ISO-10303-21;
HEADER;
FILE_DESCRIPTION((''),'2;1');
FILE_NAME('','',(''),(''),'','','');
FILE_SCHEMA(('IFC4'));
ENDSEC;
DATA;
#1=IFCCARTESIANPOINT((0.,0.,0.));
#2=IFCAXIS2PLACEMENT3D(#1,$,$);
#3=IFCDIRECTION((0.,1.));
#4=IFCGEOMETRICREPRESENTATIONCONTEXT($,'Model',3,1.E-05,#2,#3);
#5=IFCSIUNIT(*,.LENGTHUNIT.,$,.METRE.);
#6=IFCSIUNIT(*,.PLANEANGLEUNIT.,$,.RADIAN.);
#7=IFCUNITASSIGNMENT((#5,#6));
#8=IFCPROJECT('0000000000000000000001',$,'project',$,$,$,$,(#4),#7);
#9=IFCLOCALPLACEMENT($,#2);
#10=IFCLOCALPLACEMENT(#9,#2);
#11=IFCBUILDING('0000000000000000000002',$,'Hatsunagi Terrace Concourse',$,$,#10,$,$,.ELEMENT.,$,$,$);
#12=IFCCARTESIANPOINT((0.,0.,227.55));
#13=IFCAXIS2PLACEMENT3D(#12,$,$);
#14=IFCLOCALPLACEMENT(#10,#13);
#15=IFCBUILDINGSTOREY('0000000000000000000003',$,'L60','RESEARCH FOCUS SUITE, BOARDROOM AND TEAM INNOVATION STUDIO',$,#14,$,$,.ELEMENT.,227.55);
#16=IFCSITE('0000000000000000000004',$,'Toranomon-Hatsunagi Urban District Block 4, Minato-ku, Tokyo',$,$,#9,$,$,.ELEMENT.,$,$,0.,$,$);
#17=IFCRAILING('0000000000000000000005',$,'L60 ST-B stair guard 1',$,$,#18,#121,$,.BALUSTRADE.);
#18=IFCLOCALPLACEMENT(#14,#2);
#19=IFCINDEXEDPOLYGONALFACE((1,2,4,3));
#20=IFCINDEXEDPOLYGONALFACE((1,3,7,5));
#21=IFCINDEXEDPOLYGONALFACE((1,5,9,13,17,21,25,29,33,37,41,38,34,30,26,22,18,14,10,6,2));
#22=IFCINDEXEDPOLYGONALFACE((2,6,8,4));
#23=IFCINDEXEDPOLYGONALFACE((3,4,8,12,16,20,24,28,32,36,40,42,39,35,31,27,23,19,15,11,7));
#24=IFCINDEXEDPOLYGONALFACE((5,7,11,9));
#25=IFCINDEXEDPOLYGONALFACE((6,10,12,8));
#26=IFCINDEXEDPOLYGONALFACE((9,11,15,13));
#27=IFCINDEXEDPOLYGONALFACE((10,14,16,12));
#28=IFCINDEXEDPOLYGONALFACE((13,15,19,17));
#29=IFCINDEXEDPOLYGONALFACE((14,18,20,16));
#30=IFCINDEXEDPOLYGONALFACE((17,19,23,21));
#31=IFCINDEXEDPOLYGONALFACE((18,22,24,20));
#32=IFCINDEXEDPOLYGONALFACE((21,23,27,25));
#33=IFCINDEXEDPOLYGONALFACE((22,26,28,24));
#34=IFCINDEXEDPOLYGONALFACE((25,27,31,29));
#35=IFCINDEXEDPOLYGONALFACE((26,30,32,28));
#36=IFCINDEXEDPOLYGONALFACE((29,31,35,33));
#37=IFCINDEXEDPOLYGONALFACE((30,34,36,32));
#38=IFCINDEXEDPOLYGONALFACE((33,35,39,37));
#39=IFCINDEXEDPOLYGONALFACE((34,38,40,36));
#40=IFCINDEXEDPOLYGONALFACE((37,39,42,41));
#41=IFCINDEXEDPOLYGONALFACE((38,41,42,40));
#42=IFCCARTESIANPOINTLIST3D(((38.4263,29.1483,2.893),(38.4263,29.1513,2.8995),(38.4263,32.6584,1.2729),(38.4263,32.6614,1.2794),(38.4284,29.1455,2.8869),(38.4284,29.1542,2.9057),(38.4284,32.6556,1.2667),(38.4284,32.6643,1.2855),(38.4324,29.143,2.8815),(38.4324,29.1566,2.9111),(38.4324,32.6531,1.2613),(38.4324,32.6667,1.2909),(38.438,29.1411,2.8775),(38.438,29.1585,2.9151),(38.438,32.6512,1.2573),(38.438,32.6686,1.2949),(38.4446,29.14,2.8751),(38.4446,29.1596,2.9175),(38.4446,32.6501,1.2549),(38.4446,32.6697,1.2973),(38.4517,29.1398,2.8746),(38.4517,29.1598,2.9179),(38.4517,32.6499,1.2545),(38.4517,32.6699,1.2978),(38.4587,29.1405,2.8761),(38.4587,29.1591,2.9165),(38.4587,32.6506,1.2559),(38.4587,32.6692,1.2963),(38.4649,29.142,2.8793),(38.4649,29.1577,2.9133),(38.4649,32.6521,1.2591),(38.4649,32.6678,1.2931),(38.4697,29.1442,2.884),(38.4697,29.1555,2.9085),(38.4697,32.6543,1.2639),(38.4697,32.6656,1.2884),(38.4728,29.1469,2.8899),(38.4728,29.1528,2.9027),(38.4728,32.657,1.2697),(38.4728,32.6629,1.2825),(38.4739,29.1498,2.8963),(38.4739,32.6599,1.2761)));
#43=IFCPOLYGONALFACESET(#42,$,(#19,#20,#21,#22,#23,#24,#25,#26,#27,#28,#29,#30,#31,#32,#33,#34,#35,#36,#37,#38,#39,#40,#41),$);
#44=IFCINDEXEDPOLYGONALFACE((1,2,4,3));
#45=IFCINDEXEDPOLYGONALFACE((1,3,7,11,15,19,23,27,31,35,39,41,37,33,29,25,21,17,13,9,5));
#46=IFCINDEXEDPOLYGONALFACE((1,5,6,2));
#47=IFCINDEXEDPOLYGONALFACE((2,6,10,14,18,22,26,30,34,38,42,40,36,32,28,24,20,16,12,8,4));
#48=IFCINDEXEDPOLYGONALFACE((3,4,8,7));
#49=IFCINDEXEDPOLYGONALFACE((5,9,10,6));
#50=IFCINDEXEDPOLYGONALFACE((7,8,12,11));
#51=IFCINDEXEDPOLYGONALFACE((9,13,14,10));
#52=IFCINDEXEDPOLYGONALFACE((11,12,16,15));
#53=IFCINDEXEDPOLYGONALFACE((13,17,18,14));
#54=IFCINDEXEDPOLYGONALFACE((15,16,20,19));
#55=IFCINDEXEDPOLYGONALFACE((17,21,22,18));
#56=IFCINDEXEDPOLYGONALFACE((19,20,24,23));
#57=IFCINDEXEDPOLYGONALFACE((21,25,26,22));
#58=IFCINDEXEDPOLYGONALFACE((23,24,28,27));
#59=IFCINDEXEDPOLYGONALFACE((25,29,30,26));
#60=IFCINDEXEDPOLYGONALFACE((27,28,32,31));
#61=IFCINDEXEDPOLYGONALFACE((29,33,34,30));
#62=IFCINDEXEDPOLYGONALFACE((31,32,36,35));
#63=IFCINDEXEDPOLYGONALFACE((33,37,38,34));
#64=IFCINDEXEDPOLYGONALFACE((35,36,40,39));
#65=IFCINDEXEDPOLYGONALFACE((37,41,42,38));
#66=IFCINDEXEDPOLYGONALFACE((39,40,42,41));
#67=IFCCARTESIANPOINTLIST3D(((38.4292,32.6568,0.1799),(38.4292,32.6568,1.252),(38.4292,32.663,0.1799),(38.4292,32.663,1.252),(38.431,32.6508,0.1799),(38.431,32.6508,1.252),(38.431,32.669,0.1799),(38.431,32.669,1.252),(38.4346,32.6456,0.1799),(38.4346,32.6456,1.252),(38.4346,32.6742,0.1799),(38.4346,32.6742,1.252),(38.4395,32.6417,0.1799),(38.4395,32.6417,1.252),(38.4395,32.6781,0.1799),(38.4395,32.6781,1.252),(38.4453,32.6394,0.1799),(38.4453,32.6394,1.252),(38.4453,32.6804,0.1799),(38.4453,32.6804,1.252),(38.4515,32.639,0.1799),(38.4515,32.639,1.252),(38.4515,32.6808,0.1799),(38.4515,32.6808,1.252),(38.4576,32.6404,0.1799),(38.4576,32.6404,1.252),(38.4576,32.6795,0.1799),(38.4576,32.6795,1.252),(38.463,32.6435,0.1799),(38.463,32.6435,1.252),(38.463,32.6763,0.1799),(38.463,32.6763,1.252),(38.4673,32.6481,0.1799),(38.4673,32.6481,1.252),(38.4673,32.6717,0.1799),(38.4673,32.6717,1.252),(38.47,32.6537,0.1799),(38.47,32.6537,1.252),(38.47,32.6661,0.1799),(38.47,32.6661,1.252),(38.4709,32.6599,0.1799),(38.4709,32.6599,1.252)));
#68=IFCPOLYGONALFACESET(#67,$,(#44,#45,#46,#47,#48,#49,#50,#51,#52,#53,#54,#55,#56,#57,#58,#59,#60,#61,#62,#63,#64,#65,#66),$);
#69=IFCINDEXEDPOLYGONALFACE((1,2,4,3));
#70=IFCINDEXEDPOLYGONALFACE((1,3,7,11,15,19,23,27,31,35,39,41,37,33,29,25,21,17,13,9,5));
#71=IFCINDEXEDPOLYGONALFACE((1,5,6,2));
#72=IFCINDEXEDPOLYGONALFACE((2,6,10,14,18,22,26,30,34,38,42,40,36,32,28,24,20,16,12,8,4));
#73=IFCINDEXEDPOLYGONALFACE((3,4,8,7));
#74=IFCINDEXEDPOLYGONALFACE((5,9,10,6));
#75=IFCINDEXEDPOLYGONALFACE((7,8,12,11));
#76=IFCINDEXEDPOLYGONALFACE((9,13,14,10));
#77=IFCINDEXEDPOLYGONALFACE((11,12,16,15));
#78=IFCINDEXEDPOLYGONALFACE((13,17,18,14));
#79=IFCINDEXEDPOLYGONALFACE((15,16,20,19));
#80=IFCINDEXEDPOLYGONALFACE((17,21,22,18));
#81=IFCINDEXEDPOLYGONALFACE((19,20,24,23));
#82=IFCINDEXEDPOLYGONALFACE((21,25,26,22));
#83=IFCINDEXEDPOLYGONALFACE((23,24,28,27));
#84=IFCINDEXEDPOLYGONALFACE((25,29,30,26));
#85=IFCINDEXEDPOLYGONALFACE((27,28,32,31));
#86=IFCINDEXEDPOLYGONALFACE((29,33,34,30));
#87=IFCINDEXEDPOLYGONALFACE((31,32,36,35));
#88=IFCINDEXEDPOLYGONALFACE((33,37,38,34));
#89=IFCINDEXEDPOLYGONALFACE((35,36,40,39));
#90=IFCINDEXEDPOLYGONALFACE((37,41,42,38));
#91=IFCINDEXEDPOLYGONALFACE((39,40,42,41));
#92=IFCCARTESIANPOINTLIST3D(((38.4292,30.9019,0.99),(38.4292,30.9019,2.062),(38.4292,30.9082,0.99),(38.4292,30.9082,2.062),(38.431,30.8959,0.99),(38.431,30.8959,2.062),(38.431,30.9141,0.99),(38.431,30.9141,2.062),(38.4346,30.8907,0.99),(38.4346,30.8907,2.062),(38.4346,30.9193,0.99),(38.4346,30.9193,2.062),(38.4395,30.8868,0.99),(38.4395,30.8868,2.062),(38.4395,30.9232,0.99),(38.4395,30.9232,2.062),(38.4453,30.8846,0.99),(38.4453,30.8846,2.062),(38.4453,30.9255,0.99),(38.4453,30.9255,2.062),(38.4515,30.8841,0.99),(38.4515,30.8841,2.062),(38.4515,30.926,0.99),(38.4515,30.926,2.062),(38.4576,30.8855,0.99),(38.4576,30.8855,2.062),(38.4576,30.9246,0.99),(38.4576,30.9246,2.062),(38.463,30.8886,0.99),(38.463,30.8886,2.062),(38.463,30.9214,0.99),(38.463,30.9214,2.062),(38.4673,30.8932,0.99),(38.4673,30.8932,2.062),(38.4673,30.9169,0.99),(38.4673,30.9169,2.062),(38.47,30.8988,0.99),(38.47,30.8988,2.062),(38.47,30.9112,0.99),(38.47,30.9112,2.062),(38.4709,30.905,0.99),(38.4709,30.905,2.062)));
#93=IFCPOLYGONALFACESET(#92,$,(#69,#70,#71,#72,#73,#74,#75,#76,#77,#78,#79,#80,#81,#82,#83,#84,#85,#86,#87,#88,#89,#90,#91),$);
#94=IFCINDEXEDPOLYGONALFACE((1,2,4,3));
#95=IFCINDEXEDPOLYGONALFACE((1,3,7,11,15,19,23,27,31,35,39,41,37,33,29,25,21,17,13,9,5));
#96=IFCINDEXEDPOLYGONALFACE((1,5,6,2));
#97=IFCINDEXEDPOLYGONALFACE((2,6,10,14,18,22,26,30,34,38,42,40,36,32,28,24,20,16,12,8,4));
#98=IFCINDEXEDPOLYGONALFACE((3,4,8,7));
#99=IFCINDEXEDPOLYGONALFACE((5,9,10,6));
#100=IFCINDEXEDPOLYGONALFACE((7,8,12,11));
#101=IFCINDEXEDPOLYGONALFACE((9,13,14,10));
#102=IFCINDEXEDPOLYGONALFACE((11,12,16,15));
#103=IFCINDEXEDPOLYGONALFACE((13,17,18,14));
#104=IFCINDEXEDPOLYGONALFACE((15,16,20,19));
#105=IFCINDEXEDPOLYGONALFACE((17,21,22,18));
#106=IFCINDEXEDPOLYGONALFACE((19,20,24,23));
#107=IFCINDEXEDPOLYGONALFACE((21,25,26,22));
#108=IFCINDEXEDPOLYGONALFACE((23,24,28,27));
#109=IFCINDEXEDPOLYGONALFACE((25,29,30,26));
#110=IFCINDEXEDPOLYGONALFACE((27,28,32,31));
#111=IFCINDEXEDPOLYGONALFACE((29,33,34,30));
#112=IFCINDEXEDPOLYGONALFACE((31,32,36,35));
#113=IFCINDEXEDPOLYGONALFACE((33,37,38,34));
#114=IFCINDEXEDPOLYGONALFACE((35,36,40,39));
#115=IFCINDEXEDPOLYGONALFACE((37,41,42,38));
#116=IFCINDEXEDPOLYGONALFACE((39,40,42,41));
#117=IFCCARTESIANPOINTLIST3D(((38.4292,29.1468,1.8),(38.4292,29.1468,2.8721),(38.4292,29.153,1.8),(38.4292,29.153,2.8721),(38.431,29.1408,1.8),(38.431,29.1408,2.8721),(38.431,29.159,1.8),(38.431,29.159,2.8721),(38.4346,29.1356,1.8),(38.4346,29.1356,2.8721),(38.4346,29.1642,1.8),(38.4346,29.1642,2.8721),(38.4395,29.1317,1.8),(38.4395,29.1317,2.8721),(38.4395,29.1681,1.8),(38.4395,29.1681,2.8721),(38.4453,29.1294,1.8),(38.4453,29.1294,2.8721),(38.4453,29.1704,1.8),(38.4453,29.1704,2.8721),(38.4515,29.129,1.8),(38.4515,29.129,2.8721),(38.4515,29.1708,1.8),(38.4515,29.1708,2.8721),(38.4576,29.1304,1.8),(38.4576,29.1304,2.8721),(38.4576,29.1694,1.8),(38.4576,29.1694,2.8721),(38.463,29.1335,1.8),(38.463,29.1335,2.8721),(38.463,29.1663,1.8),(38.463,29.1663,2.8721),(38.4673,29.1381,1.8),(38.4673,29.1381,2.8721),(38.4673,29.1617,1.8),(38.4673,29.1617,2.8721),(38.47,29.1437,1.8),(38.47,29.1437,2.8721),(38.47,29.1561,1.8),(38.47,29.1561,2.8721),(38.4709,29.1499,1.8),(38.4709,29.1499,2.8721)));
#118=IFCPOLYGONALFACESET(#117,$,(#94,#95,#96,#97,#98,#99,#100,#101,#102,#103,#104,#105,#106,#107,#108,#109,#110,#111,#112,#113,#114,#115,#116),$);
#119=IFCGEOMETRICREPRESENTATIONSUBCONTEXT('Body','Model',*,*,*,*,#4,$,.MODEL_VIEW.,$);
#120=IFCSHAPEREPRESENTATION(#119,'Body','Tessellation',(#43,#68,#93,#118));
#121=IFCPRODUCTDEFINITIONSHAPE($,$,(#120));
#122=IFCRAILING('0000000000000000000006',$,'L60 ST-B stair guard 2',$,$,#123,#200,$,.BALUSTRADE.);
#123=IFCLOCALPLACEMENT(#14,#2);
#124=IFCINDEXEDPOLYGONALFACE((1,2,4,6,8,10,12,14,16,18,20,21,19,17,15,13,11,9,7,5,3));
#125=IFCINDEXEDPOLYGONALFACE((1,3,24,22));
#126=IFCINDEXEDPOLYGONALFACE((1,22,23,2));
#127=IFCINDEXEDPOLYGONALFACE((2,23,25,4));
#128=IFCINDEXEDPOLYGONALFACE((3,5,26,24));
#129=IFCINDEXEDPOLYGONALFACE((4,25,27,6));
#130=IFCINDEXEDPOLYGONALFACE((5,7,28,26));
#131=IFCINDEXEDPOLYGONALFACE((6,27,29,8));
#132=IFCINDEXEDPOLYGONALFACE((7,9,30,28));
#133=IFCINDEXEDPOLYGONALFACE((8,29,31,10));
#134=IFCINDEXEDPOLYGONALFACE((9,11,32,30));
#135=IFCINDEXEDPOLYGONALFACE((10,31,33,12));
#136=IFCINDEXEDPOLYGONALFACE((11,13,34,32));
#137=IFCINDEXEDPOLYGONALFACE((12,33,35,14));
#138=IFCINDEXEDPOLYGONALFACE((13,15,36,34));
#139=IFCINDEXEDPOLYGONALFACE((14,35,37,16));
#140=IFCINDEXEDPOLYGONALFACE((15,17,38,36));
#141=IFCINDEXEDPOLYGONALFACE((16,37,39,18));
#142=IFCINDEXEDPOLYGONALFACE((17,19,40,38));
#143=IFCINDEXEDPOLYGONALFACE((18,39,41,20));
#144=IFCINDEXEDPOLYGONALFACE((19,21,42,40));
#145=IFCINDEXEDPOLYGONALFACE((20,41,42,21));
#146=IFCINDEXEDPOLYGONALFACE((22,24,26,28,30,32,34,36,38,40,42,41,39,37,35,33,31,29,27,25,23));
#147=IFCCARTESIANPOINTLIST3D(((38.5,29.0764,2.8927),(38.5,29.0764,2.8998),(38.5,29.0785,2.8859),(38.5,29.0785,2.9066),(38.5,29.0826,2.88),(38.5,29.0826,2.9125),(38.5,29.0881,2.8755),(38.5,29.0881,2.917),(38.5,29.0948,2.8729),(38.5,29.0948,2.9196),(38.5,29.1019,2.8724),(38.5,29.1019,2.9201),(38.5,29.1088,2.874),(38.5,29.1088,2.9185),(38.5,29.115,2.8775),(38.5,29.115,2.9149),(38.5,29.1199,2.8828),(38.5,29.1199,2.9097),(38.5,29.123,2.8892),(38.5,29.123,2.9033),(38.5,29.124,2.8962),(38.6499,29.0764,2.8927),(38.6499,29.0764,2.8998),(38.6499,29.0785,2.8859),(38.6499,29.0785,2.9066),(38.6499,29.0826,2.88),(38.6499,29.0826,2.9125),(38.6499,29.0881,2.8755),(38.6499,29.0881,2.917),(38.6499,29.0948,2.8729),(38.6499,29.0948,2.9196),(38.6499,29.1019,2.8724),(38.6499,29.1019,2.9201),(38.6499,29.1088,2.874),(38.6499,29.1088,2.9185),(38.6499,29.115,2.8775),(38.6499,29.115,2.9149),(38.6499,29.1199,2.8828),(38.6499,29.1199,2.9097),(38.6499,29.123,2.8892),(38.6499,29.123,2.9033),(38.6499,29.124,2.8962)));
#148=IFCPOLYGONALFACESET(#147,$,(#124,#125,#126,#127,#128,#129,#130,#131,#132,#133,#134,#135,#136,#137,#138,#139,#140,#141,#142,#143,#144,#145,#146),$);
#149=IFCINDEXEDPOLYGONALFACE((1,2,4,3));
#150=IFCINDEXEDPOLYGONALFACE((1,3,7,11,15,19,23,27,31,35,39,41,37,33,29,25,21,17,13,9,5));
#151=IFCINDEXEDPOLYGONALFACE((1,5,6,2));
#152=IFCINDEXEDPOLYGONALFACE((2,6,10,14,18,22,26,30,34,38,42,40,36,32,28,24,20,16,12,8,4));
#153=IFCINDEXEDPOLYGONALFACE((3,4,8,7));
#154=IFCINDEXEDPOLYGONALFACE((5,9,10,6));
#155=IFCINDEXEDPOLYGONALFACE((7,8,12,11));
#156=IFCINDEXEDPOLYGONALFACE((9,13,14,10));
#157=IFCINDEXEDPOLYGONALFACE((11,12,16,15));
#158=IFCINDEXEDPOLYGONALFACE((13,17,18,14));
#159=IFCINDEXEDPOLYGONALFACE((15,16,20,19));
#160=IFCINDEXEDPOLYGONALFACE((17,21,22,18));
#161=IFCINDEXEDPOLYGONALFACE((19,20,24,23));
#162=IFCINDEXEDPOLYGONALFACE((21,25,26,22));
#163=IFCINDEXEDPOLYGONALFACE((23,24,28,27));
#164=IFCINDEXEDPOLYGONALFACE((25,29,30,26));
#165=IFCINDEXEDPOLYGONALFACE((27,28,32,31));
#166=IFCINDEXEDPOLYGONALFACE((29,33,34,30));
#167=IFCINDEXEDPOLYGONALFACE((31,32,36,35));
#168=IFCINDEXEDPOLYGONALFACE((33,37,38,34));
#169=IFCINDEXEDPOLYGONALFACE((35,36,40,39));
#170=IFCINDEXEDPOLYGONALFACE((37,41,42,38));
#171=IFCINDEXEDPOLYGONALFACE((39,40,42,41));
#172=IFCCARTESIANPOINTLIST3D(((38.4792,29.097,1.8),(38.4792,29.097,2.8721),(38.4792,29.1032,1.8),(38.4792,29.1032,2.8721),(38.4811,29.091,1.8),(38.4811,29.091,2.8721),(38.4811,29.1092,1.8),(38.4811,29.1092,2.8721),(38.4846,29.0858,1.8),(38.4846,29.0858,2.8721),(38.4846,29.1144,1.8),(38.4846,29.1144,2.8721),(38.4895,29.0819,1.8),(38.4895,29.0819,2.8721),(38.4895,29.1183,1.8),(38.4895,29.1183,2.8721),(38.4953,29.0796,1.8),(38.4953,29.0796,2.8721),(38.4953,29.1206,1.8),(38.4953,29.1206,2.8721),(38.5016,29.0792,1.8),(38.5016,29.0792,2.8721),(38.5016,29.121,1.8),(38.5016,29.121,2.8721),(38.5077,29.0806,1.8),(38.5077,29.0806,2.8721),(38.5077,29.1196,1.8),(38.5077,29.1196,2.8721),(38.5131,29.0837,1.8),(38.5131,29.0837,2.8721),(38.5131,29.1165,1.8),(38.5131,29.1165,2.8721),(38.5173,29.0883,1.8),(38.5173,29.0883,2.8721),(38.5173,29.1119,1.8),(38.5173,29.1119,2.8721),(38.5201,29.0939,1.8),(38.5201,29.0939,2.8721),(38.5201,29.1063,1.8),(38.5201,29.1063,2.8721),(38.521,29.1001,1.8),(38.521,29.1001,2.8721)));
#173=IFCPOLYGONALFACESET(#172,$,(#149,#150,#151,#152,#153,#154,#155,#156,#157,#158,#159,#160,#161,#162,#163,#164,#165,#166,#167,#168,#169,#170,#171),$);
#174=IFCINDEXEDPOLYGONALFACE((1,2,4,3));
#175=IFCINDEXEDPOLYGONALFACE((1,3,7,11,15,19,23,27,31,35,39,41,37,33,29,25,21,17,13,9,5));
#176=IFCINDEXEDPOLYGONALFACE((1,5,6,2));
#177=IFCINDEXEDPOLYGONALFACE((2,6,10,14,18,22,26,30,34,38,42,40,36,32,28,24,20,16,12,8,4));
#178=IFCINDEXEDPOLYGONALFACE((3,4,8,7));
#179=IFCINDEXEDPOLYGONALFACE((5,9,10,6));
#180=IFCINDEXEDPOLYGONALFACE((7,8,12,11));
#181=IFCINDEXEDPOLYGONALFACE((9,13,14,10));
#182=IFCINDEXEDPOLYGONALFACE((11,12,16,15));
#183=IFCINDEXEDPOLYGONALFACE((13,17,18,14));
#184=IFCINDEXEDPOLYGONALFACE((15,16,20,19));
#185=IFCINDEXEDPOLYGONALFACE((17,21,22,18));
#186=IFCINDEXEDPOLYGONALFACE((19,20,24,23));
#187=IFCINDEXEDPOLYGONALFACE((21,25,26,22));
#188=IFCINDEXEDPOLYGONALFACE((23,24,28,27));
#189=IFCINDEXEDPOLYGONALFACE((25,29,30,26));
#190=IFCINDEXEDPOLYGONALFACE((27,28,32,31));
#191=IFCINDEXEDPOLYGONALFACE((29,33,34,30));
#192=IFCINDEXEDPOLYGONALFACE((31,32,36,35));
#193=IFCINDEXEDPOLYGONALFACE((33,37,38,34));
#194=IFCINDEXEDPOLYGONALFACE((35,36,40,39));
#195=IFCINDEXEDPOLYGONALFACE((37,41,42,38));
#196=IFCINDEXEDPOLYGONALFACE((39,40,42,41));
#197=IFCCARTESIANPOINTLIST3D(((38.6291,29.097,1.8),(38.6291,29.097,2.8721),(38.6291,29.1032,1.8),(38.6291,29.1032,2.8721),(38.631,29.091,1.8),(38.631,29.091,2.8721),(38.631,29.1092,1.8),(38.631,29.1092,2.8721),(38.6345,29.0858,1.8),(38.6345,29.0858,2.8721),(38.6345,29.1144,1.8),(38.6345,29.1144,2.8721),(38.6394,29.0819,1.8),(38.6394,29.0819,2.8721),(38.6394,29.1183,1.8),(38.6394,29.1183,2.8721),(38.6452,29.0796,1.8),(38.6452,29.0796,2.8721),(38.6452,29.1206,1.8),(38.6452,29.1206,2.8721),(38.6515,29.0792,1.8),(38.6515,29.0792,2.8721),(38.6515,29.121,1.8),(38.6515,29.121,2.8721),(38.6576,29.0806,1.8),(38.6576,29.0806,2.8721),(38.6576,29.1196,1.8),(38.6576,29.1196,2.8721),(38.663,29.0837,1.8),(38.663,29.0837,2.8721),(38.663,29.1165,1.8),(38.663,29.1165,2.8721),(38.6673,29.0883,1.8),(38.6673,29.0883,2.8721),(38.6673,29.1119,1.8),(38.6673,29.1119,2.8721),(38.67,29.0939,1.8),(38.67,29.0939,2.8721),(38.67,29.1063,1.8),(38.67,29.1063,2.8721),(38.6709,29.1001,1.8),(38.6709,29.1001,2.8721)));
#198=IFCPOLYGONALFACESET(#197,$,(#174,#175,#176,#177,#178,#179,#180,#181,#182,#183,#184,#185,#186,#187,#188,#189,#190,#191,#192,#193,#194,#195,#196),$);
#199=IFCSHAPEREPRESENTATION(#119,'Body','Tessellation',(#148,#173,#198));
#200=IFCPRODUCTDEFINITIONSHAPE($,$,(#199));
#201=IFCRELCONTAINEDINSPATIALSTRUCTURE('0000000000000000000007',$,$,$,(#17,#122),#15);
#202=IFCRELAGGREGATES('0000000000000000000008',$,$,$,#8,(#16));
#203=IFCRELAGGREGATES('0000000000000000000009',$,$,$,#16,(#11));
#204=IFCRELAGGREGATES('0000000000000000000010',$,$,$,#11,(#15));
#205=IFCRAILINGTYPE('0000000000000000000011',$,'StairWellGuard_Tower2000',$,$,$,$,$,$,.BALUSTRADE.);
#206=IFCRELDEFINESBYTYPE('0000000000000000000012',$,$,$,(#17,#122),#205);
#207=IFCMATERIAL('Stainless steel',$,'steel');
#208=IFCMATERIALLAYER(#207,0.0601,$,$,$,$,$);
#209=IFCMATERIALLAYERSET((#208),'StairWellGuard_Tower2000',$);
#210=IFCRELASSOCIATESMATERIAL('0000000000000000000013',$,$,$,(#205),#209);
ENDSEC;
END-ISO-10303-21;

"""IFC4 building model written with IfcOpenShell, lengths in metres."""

from ifc_helpers import new_model, si_unit, direction, frame, origin, origin_2d, place, context, subcontext, project, spatial, circle, extrude, material, layer, layer_set, type_object, element, save


model = new_model("IFC4")

# Units and contexts
model_context = context("Model", 3, precision=1e-05, world=origin(), true_north=direction((0.0, 1.0)))
body_context = subcontext(model_context, "Body", "Model", "MODEL_VIEW")
ifc_project = project(units=[si_unit("LENGTHUNIT", "METRE"), si_unit("PLANEANGLEUNIT", "RADIAN")], contexts=[model_context])

# Site, building, storey
site_placement = place(None, origin())
site = spatial("IfcSite", under=ifc_project, at=site_placement, Name="Toranomon-Hatsunagi Urban District Block 4, Minato-ku, Tokyo", CompositionType="ELEMENT", RefElevation=0.0)
building_placement = place(site_placement, origin())
building = spatial("IfcBuilding", under=site, at=building_placement, Name="Hatsunagi Terrace Concourse", CompositionType="ELEMENT")
storey_placement = place(building_placement, frame((0.0, 0.0, 227.55)))
storey = spatial("IfcBuildingStorey", under=building, at=storey_placement, Name="L60", Description="RESEARCH FOCUS SUITE, BOARDROOM AND TEAM INNOVATION STUDIO", CompositionType="ELEMENT", Elevation=227.55)

# Railings
ifc_material_1 = material(Name="Stainless steel", Category="steel")
ifc_layer_1 = layer(ifc_material_1, 0.0601)
ifc_layer_set_1 = layer_set([ifc_layer_1], Name="StairWellGuard_Tower2000")
railing_type_1 = type_object("IfcRailingType", Name="StairWellGuard_Tower2000", PredefinedType="BALUSTRADE", material=ifc_layer_set_1)
railing_1_placement = place(storey_placement, frame((38.45, 32.6599, 0.1799)))
element("IfcRailing", 1, at=railing_1_placement, inside=storey, type_object=railing_type_1, Name="L60 ST-B stair guard 1", PredefinedType="BALUSTRADE", context=body_context, shape_type="SweptSolid", body=[
    extrude(circle(Radius=0.0239, at=origin_2d()), frame((0.0, 0.0, 1.0962), z_axis=(0.0, -0.907948, 0.419082), x_axis=(1.0, 0.0, 0.0)), (0.0, 0.0, 1.0), 3.866),
    extrude(circle(Radius=0.021, at=origin_2d()), origin(), (0.0, 0.0, 1.0), 1.072),
    extrude(circle(Radius=0.021, at=origin_2d()), frame((0.0, -1.7549, 0.8101)), (0.0, 0.0, 1.0), 1.072),
    extrude(circle(Radius=0.021, at=origin_2d()), frame((0.0, -3.51, 1.6201)), (0.0, 0.0, 1.0), 1.072),
])
railing_2_placement = place(storey_placement, frame((38.5, 29.1001, 1.8)))
element("IfcRailing", 2, at=railing_2_placement, inside=storey, type_object=railing_type_1, Name="L60 ST-B stair guard 2", PredefinedType="BALUSTRADE", context=body_context, shape_type="SweptSolid", body=[
    extrude(circle(Radius=0.0239, at=origin_2d()), frame((0.0, 0.0, 1.0962), z_axis=(1.0, 0.0, 0.0), x_axis=(0.0, 1.0, 0.0)), (0.0, 0.0, 1.0), 0.1499),
    extrude(circle(Radius=0.021, at=origin_2d()), origin(), (0.0, 0.0, 1.0), 1.072),
    extrude(circle(Radius=0.021, at=origin_2d()), frame((0.1499, 0.0, 0.0)), (0.0, 0.0, 1.0), 1.072),
])

save(model, "model.ifc")
